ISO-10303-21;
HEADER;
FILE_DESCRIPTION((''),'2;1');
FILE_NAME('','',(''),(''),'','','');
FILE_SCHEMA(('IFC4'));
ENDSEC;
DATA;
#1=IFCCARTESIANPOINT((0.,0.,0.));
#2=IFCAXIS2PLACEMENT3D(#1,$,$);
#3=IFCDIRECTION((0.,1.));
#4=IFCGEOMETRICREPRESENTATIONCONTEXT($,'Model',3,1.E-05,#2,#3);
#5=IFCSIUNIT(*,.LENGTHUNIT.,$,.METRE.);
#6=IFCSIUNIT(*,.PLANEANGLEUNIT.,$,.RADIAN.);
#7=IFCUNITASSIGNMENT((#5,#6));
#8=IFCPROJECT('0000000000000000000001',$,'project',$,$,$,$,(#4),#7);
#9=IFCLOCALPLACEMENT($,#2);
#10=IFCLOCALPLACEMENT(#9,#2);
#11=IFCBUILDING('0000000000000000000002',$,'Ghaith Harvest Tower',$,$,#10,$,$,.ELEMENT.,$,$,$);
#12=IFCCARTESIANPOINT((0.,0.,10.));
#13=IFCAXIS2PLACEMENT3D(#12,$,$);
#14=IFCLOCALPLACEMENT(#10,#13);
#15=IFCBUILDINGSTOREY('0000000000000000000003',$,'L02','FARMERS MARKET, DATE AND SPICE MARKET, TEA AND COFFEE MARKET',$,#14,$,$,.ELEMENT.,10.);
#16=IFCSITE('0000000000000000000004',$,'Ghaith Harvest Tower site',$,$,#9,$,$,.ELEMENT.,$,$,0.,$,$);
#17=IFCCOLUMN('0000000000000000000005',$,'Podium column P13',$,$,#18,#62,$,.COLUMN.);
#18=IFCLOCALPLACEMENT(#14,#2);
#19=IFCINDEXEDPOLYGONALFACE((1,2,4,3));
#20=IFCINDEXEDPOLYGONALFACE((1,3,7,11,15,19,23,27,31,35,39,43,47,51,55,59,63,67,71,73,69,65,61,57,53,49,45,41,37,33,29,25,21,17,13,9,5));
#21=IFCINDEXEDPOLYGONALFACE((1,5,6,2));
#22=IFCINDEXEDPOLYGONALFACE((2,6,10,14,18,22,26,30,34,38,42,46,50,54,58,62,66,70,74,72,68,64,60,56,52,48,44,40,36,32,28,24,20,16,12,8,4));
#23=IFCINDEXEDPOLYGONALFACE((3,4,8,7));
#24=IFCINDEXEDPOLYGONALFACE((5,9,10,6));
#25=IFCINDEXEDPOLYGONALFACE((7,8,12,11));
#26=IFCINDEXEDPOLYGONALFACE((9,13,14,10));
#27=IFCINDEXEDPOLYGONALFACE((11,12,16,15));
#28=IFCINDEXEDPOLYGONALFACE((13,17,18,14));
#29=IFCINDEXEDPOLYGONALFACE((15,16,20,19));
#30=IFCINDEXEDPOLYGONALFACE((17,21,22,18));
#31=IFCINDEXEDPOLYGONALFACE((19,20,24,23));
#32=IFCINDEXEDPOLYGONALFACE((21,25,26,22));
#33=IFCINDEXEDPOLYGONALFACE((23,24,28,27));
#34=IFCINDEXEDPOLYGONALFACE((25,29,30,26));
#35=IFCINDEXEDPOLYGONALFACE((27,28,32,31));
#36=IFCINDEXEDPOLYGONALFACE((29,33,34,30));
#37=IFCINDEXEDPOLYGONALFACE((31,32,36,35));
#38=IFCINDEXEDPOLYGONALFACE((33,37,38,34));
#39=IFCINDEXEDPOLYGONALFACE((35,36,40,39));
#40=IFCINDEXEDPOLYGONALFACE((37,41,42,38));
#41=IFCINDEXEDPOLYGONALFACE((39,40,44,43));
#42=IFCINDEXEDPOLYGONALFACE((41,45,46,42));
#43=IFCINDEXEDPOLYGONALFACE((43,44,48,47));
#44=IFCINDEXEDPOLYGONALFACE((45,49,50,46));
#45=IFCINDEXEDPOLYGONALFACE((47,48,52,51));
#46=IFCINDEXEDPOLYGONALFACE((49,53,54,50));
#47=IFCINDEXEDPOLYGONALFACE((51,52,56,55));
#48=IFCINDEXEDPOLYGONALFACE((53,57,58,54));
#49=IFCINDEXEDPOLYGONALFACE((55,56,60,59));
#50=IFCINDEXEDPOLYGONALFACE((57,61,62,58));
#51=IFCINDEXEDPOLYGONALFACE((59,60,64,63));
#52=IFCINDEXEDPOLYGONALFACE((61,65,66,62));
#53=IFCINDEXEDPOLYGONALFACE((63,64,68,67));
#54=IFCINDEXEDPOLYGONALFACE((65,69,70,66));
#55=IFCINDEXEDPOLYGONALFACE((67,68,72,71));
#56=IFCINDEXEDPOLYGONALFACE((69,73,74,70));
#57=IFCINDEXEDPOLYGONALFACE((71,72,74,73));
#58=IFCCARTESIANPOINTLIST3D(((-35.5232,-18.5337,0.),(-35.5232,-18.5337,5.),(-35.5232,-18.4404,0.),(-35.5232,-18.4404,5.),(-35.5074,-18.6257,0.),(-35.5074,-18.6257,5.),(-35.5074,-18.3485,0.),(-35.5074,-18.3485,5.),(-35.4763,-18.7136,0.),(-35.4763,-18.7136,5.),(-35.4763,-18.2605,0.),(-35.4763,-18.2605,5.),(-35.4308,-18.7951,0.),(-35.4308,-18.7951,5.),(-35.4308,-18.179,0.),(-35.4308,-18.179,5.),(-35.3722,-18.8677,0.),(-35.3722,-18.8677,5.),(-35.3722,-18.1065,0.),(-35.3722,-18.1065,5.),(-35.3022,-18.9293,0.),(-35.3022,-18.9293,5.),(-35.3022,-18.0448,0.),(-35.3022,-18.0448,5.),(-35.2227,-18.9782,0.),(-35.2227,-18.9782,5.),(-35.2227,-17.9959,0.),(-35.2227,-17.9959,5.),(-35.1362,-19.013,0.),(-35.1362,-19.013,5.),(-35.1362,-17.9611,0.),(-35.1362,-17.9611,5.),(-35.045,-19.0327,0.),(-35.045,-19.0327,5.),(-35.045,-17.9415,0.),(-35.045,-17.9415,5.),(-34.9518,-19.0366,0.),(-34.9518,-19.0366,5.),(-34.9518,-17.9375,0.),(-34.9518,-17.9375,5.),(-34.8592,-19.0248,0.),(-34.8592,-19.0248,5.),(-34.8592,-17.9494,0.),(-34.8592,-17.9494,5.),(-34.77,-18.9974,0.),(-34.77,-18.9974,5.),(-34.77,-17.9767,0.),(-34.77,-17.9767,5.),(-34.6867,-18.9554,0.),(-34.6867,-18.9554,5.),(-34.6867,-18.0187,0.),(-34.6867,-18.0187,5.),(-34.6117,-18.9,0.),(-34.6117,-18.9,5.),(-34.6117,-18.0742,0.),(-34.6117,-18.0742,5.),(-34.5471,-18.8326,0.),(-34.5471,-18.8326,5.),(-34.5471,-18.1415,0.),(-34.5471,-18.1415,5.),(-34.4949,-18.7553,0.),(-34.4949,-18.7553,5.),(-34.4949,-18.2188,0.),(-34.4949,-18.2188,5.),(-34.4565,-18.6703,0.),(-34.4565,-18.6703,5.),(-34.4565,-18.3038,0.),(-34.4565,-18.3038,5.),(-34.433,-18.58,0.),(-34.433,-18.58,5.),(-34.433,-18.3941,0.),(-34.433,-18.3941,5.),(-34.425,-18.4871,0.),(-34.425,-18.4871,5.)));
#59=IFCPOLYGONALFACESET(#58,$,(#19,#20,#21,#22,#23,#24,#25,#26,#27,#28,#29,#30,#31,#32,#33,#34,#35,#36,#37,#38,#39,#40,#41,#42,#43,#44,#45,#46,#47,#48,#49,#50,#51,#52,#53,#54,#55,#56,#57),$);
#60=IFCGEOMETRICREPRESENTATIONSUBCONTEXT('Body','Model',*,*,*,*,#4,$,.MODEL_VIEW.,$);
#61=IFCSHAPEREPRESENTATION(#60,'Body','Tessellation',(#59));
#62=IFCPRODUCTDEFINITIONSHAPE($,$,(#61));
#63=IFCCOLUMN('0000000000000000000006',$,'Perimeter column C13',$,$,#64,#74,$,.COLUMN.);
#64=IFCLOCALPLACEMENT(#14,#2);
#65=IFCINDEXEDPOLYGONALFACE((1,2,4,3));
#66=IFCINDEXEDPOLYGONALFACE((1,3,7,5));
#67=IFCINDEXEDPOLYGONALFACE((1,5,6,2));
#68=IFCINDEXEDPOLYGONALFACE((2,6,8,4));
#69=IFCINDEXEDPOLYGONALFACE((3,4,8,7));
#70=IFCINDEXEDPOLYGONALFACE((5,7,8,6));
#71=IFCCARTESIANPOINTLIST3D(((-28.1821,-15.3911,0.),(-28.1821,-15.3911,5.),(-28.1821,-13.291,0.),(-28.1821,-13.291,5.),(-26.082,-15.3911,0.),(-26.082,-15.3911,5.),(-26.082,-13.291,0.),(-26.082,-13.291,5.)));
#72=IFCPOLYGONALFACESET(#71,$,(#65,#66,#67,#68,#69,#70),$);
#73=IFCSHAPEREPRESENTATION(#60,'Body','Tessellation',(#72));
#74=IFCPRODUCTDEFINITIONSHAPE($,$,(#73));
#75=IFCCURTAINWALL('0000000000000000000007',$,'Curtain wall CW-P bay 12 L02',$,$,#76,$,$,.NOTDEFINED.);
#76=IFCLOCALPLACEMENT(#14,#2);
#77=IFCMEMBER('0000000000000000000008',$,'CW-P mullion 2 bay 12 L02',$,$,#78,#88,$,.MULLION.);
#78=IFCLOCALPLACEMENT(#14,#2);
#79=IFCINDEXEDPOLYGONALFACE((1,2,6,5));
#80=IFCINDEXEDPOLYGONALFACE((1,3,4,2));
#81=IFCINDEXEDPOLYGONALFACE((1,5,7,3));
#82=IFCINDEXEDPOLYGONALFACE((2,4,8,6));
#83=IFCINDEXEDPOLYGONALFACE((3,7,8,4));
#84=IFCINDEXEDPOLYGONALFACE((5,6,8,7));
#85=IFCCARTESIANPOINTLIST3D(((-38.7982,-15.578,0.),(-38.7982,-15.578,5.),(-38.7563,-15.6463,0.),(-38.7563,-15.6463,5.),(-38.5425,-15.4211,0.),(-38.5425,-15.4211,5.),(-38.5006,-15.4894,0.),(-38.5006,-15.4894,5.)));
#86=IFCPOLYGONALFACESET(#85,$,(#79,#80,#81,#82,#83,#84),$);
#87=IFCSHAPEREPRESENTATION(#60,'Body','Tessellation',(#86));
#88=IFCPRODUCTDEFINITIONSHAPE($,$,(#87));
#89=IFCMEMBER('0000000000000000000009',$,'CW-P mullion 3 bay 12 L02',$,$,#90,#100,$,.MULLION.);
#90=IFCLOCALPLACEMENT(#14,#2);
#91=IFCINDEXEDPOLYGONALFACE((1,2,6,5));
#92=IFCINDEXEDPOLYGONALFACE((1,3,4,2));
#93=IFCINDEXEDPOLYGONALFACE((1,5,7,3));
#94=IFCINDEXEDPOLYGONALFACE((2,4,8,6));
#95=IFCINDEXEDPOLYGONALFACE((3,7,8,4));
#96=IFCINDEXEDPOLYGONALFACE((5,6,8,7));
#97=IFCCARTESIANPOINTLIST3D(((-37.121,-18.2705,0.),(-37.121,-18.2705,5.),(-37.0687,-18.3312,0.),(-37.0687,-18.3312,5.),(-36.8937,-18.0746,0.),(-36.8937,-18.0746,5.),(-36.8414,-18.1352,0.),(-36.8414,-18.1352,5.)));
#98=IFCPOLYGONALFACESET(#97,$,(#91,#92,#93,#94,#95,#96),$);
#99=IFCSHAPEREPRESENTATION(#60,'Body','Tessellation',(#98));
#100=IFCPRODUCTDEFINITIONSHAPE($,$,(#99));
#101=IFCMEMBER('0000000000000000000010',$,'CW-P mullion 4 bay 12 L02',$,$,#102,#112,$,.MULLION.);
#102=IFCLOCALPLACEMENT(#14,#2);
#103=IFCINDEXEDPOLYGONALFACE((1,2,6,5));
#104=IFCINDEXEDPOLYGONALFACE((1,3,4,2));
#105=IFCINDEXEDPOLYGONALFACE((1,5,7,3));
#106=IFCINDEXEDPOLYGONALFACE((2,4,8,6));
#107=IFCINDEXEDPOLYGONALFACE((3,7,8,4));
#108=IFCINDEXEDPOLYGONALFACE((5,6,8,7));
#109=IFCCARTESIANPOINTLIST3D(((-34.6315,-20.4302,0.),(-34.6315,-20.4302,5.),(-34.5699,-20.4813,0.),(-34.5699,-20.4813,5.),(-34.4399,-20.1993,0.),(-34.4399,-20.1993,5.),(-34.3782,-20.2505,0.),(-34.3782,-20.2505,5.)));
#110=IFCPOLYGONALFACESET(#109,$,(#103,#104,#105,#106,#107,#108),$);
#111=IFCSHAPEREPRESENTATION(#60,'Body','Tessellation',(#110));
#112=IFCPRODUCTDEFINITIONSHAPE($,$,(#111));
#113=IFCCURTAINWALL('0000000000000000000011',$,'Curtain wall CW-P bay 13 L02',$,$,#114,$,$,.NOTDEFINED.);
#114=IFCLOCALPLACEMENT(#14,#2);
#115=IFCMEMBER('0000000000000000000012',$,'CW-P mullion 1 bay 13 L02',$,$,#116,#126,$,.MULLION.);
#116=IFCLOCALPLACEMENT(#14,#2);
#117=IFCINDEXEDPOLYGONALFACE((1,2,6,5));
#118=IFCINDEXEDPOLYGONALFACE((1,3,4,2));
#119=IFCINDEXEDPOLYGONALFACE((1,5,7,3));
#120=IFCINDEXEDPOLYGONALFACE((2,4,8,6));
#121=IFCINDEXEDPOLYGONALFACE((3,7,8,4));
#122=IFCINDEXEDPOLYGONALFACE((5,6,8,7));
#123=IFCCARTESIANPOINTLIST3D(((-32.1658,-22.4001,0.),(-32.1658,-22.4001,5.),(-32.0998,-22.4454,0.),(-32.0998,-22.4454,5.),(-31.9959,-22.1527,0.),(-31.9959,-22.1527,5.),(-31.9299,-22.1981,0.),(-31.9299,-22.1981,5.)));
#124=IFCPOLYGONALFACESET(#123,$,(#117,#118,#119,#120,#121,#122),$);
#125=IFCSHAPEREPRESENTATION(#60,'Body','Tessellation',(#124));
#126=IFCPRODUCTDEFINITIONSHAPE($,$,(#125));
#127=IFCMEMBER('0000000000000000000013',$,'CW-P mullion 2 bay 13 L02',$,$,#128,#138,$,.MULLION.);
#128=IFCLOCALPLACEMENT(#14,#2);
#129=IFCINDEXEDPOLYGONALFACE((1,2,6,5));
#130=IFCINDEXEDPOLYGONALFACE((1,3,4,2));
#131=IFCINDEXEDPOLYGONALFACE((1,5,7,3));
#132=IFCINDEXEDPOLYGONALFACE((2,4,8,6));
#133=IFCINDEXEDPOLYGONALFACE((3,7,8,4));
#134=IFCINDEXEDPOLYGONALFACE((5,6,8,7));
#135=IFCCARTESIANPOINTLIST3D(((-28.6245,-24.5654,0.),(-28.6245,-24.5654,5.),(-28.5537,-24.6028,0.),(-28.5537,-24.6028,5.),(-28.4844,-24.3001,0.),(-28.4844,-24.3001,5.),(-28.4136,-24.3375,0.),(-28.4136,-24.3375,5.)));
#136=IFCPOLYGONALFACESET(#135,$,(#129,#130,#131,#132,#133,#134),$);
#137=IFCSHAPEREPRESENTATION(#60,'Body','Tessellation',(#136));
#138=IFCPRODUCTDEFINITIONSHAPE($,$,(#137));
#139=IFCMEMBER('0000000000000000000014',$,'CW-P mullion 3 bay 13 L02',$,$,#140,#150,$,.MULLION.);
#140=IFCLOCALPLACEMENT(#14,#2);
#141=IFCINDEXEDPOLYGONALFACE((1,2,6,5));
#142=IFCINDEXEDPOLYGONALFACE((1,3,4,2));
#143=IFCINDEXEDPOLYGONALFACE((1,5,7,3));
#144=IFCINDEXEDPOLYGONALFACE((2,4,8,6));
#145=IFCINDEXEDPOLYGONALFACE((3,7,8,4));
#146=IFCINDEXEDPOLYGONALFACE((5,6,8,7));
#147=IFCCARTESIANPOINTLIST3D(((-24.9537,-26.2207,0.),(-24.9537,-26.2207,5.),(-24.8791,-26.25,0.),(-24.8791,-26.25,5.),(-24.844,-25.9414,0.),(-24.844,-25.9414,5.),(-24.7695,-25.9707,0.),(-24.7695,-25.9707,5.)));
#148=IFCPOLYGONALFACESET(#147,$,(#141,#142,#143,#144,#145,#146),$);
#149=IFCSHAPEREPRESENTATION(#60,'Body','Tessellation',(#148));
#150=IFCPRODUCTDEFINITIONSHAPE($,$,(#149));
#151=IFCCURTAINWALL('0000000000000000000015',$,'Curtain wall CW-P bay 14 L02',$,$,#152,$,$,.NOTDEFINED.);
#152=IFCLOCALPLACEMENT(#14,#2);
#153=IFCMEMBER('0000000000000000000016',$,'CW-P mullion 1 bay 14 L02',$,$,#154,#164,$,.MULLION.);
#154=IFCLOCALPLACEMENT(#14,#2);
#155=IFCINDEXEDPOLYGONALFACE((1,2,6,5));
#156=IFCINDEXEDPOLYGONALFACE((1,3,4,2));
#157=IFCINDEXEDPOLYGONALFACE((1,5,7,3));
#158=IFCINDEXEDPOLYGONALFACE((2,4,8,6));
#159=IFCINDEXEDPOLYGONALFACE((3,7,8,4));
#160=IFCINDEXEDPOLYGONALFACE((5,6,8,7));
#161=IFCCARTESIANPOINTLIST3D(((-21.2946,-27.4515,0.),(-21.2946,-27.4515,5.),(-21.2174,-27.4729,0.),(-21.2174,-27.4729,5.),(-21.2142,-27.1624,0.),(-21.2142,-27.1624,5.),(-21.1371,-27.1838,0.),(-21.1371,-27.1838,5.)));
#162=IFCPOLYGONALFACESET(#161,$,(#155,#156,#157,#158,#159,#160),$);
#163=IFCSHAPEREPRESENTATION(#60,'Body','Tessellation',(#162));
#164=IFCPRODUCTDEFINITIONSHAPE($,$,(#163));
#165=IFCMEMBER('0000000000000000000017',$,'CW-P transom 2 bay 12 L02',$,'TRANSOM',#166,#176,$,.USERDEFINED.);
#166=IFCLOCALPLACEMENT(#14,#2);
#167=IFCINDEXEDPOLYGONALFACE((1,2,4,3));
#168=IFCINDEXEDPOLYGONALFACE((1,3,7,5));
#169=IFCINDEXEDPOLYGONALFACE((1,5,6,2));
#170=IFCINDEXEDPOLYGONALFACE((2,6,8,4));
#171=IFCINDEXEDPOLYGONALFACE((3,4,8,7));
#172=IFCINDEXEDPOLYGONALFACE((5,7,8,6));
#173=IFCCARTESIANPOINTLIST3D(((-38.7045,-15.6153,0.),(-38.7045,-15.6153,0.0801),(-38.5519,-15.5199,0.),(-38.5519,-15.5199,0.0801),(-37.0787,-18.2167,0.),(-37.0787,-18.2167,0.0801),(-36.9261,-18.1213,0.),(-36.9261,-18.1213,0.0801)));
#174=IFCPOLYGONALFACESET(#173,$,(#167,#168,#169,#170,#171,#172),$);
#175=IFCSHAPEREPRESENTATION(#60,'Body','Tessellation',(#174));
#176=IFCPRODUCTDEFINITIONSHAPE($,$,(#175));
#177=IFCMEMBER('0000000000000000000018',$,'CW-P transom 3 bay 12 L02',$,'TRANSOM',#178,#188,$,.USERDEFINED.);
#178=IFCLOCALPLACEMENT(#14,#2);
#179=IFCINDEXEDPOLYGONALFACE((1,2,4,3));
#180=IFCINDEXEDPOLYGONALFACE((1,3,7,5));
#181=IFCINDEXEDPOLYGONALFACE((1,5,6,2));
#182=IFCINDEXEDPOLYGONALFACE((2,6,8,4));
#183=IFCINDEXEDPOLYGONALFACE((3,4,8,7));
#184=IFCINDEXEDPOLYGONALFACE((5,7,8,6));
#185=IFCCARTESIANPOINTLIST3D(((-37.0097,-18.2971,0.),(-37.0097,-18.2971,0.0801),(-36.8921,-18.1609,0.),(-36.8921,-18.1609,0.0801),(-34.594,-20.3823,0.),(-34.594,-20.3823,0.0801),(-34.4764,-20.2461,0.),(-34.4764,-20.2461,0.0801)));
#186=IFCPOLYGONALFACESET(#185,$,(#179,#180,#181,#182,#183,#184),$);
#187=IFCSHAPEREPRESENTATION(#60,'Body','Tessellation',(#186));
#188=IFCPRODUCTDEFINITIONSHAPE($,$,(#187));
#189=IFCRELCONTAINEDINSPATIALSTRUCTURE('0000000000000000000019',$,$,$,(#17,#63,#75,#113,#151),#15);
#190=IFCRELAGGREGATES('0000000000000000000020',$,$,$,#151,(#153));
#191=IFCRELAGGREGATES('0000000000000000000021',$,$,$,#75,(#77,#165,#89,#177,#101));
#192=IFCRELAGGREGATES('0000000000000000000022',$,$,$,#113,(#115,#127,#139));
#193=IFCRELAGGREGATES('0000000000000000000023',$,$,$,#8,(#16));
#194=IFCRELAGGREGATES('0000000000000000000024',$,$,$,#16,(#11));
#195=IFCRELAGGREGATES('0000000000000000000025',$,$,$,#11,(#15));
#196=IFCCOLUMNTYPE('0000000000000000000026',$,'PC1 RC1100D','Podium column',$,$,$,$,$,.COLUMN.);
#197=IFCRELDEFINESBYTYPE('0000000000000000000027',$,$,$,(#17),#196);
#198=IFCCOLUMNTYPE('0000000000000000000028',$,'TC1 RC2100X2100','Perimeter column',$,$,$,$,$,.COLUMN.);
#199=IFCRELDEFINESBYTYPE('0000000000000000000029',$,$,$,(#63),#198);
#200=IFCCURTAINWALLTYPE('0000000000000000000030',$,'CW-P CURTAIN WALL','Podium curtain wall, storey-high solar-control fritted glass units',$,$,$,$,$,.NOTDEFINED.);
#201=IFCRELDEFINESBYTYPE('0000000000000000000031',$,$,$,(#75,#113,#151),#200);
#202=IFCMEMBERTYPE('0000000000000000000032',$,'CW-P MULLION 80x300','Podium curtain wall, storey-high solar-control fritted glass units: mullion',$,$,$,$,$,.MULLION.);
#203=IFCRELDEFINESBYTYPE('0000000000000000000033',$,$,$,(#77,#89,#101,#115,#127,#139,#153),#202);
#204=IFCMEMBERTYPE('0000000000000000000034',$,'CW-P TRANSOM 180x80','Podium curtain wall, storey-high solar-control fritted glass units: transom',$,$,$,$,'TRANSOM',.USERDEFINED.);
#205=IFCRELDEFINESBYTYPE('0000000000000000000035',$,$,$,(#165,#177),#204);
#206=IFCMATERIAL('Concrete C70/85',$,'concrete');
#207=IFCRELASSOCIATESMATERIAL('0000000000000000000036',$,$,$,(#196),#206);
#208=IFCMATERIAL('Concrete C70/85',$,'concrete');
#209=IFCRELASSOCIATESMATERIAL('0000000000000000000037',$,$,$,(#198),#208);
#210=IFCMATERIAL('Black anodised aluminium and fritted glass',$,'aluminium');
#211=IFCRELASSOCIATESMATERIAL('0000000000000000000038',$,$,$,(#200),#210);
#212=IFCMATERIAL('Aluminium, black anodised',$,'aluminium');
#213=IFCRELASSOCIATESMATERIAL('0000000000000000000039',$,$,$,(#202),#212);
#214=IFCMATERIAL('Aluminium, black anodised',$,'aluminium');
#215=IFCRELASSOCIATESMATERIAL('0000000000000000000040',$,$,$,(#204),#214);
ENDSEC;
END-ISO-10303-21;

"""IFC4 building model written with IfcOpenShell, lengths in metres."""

from ifc_helpers import new_model, si_unit, direction, frame, origin, origin_2d, place, context, subcontext, project, spatial, rectangle, circle, extrude, material, material_profile, profile_set, type_object, element, aggregate, save


model = new_model("IFC4")

# Units and contexts
model_context = context("Model", 3, precision=1e-05, world=origin(), true_north=direction((0.0, 1.0)))
body_context = subcontext(model_context, "Body", "Model", "MODEL_VIEW")
ifc_project = project(units=[si_unit("LENGTHUNIT", "METRE"), si_unit("PLANEANGLEUNIT", "RADIAN")], contexts=[model_context])

# Site, building, storey
site_placement = place(None, origin())
site = spatial("IfcSite", under=ifc_project, at=site_placement, Name="Ghaith Harvest Tower site", CompositionType="ELEMENT", RefElevation=0.0)
building_placement = place(site_placement, origin())
building = spatial("IfcBuilding", under=site, at=building_placement, Name="Ghaith Harvest Tower", CompositionType="ELEMENT")
storey_placement = place(building_placement, frame((0.0, 0.0, 10.0)))
storey = spatial("IfcBuildingStorey", under=building, at=storey_placement, Name="L02", Description="FARMERS MARKET, DATE AND SPICE MARKET, TEA AND COFFEE MARKET", CompositionType="ELEMENT", Elevation=10.0)

# Columns
ifc_material_1 = material(Name="Concrete C70/85", Category="concrete")
ifc_material_profile_1 = material_profile(ifc_material_1, circle(Radius=0.55, at=origin_2d()), Name="RC1100D")
ifc_profile_set_1 = profile_set([ifc_material_profile_1], Name="Concrete C70/85")
column_type_1 = type_object("IfcColumnType", Name="PC1 RC1100D", Description="Podium column", PredefinedType="COLUMN", material=ifc_profile_set_1)
column_1_placement = place(storey_placement, frame((-34.9751, -18.4871, 0.0), z_axis=(0.0, 0.0, 1.0), x_axis=(1.0, 0.0, 0.0)))
element("IfcColumn", 1, at=column_1_placement, inside=storey, type_object=column_type_1, Name="Podium column P13", PredefinedType="COLUMN", context=body_context, shape_type="SweptSolid", body=[
    extrude(circle(Radius=0.55, at=origin_2d()), origin(), (0.0, 0.0, 1.0), 5.0),
])
ifc_material_2 = material(Name="Concrete C70/85", Category="concrete")
ifc_material_profile_2 = material_profile(ifc_material_2, rectangle(XDim=2.1001, YDim=2.1001, at=origin_2d()), Name="RC2100X2100")
ifc_profile_set_2 = profile_set([ifc_material_profile_2], Name="Concrete C70/85")
column_type_2 = type_object("IfcColumnType", Name="TC1 RC2100X2100", Description="Perimeter column", PredefinedType="COLUMN", material=ifc_profile_set_2)
column_2_placement = place(storey_placement, frame((-27.1321, -14.3411, 0.0), z_axis=(0.0, 0.0, 1.0), x_axis=(1.0, 0.0, 0.0)))
element("IfcColumn", 2, at=column_2_placement, inside=storey, type_object=column_type_2, Name="Perimeter column C13", PredefinedType="COLUMN", context=body_context, shape_type="SweptSolid", body=[
    extrude(rectangle(XDim=2.1001, YDim=2.1001, at=origin_2d()), origin(), (0.0, 0.0, 1.0), 5.0),
])

# Curtain walls, members
ifc_material_3 = material(Name="Black anodised aluminium and fritted glass", Category="aluminium")
curtain_wall_type = type_object("IfcCurtainWallType", Name="CW-P CURTAIN WALL", Description="Podium curtain wall, storey-high solar-control fritted glass units", PredefinedType="NOTDEFINED", material=ifc_material_3)
curtain_wall_1_placement = place(storey_placement, origin())
curtain_wall_1 = element("IfcCurtainWall", 3, at=curtain_wall_1_placement, inside=storey, type_object=curtain_wall_type, Name="Curtain wall CW-P bay 12 L02", PredefinedType="NOTDEFINED")
ifc_material_4 = material(Name="Aluminium, black anodised", Category="aluminium")
ifc_material_profile_3 = material_profile(ifc_material_4, rectangle(XDim=0.0801, YDim=0.3, at=origin_2d()), Name="CW-P MULLION 80x300")
ifc_profile_set_3 = profile_set([ifc_material_profile_3], Name="Aluminium, black anodised")
member_type_1 = type_object("IfcMemberType", Name="CW-P MULLION 80x300", Description="Podium curtain wall, storey-high solar-control fritted glass units: mullion", PredefinedType="MULLION", material=ifc_profile_set_3)
member_1_placement = place(storey_placement, frame((-38.6494, -15.5337, 0.0), z_axis=(0.0, 0.0, 1.0), x_axis=(0.522984, -0.852343, 0.0)))
member_1 = element("IfcMember", 4, at=member_1_placement, type_object=member_type_1, Name="CW-P mullion 2 bay 12 L02", PredefinedType="MULLION", context=body_context, shape_type="SweptSolid", body=[
    extrude(rectangle(XDim=0.0801, YDim=0.3, at=origin_2d()), origin(), (0.0, 0.0, 1.0), 5.0),
])
member_2_placement = place(storey_placement, frame((-36.9812, -18.2029, 0.0), z_axis=(0.0, 0.0, 1.0), x_axis=(0.653047, -0.757317, 0.0)))
member_2 = element("IfcMember", 5, at=member_2_placement, type_object=member_type_1, Name="CW-P mullion 3 bay 12 L02", PredefinedType="MULLION", context=body_context, shape_type="SweptSolid", body=[
    extrude(rectangle(XDim=0.0801, YDim=0.3, at=origin_2d()), origin(), (0.0, 0.0, 1.0), 5.0),
])
member_3_placement = place(storey_placement, frame((-34.5049, -20.3403, 0.0), z_axis=(0.0, 0.0, 1.0), x_axis=(0.769373, -0.6388, 0.0)))
member_3 = element("IfcMember", 6, at=member_3_placement, type_object=member_type_1, Name="CW-P mullion 4 bay 12 L02", PredefinedType="MULLION", context=body_context, shape_type="SweptSolid", body=[
    extrude(rectangle(XDim=0.0801, YDim=0.3, at=origin_2d()), origin(), (0.0, 0.0, 1.0), 5.0),
])
curtain_wall_2_placement = place(storey_placement, origin())
curtain_wall_2 = element("IfcCurtainWall", 7, at=curtain_wall_2_placement, inside=storey, type_object=curtain_wall_type, Name="Curtain wall CW-P bay 13 L02", PredefinedType="NOTDEFINED")
member_4_placement = place(storey_placement, frame((-32.0479, -22.2991, 0.0), z_axis=(0.0, 0.0, 1.0), x_axis=(0.824304, -0.566148, 0.0)))
member_4 = element("IfcMember", 8, at=member_4_placement, type_object=member_type_1, Name="CW-P mullion 1 bay 13 L02", PredefinedType="MULLION", context=body_context, shape_type="SweptSolid", body=[
    extrude(rectangle(XDim=0.0801, YDim=0.3, at=origin_2d()), origin(), (0.0, 0.0, 1.0), 5.0),
])
member_5_placement = place(storey_placement, frame((-28.519, -24.4514, 0.0), z_axis=(0.0, 0.0, 1.0), x_axis=(0.88419, -0.467128, 0.0)))
member_5 = element("IfcMember", 9, at=member_5_placement, type_object=member_type_1, Name="CW-P mullion 2 bay 13 L02", PredefinedType="MULLION", context=body_context, shape_type="SweptSolid", body=[
    extrude(rectangle(XDim=0.0801, YDim=0.3, at=origin_2d()), origin(), (0.0, 0.0, 1.0), 5.0),
])
member_6_placement = place(storey_placement, frame((-24.8616, -26.0957, 0.0), z_axis=(0.0, 0.0, 1.0), x_axis=(0.930876, -0.365336, 0.0)))
member_6 = element("IfcMember", 10, at=member_6_placement, type_object=member_type_1, Name="CW-P mullion 3 bay 13 L02", PredefinedType="MULLION", context=body_context, shape_type="SweptSolid", body=[
    extrude(rectangle(XDim=0.0801, YDim=0.3, at=origin_2d()), origin(), (0.0, 0.0, 1.0), 5.0),
])

# Curtain wall, member
curtain_wall_3_placement = place(storey_placement, origin())
curtain_wall_3 = element("IfcCurtainWall", 11, at=curtain_wall_3_placement, inside=storey, type_object=curtain_wall_type, Name="Curtain wall CW-P bay 14 L02", PredefinedType="NOTDEFINED")
member_7_placement = place(storey_placement, frame((-21.2158, -27.3176, 0.0), z_axis=(0.0, 0.0, 1.0), x_axis=(0.963516, -0.267652, 0.0)))
member_7 = element("IfcMember", 12, at=member_7_placement, type_object=member_type_1, Name="CW-P mullion 1 bay 14 L02", PredefinedType="MULLION", context=body_context, shape_type="SweptSolid", body=[
    extrude(rectangle(XDim=0.0801, YDim=0.3, at=origin_2d()), origin(), (0.0, 0.0, 1.0), 5.0),
])
aggregate(curtain_wall_3, [member_7])

# Members
ifc_material_5 = material(Name="Aluminium, black anodised", Category="aluminium")
ifc_material_profile_4 = material_profile(ifc_material_5, rectangle(XDim=0.1799, YDim=0.0801, at=origin_2d()), Name="CW-P TRANSOM 180x80")
ifc_profile_set_4 = profile_set([ifc_material_profile_4], Name="Aluminium, black anodised")
member_type_2 = type_object("IfcMemberType", Name="CW-P TRANSOM 180x80", Description="Podium curtain wall, storey-high solar-control fritted glass units: transom", ElementType="TRANSOM", PredefinedType="USERDEFINED", material=ifc_profile_set_4)
member_8_placement = place(storey_placement, frame((-38.6282, -15.5676, 0.04), z_axis=(0.529977, -0.848012, 0.0), x_axis=(0.848012, 0.529977, 0.0)))
member_8 = element("IfcMember", 13, at=member_8_placement, type_object=member_type_2, Name="CW-P transom 2 bay 12 L02", ObjectType="TRANSOM", PredefinedType="USERDEFINED", context=body_context, shape_type="SweptSolid", body=[
    extrude(rectangle(XDim=0.1799, YDim=0.0801, at=origin_2d()), origin(), (0.0, 0.0, 1.0), 3.0676),
])
member_9_placement = place(storey_placement, frame((-36.9509, -18.229, 0.04), z_axis=(0.757, -0.653415, 0.0), x_axis=(0.653415, 0.757, 0.0)))
member_9 = element("IfcMember", 14, at=member_9_placement, type_object=member_type_2, Name="CW-P transom 3 bay 12 L02", ObjectType="TRANSOM", PredefinedType="USERDEFINED", context=body_context, shape_type="SweptSolid", body=[
    extrude(rectangle(XDim=0.1799, YDim=0.0801, at=origin_2d()), origin(), (0.0, 0.0, 1.0), 3.1912),
])

aggregate(curtain_wall_1, [member_1, member_8, member_2, member_9, member_3])
aggregate(curtain_wall_2, [member_4, member_5, member_6])

save(model, "model.ifc")
